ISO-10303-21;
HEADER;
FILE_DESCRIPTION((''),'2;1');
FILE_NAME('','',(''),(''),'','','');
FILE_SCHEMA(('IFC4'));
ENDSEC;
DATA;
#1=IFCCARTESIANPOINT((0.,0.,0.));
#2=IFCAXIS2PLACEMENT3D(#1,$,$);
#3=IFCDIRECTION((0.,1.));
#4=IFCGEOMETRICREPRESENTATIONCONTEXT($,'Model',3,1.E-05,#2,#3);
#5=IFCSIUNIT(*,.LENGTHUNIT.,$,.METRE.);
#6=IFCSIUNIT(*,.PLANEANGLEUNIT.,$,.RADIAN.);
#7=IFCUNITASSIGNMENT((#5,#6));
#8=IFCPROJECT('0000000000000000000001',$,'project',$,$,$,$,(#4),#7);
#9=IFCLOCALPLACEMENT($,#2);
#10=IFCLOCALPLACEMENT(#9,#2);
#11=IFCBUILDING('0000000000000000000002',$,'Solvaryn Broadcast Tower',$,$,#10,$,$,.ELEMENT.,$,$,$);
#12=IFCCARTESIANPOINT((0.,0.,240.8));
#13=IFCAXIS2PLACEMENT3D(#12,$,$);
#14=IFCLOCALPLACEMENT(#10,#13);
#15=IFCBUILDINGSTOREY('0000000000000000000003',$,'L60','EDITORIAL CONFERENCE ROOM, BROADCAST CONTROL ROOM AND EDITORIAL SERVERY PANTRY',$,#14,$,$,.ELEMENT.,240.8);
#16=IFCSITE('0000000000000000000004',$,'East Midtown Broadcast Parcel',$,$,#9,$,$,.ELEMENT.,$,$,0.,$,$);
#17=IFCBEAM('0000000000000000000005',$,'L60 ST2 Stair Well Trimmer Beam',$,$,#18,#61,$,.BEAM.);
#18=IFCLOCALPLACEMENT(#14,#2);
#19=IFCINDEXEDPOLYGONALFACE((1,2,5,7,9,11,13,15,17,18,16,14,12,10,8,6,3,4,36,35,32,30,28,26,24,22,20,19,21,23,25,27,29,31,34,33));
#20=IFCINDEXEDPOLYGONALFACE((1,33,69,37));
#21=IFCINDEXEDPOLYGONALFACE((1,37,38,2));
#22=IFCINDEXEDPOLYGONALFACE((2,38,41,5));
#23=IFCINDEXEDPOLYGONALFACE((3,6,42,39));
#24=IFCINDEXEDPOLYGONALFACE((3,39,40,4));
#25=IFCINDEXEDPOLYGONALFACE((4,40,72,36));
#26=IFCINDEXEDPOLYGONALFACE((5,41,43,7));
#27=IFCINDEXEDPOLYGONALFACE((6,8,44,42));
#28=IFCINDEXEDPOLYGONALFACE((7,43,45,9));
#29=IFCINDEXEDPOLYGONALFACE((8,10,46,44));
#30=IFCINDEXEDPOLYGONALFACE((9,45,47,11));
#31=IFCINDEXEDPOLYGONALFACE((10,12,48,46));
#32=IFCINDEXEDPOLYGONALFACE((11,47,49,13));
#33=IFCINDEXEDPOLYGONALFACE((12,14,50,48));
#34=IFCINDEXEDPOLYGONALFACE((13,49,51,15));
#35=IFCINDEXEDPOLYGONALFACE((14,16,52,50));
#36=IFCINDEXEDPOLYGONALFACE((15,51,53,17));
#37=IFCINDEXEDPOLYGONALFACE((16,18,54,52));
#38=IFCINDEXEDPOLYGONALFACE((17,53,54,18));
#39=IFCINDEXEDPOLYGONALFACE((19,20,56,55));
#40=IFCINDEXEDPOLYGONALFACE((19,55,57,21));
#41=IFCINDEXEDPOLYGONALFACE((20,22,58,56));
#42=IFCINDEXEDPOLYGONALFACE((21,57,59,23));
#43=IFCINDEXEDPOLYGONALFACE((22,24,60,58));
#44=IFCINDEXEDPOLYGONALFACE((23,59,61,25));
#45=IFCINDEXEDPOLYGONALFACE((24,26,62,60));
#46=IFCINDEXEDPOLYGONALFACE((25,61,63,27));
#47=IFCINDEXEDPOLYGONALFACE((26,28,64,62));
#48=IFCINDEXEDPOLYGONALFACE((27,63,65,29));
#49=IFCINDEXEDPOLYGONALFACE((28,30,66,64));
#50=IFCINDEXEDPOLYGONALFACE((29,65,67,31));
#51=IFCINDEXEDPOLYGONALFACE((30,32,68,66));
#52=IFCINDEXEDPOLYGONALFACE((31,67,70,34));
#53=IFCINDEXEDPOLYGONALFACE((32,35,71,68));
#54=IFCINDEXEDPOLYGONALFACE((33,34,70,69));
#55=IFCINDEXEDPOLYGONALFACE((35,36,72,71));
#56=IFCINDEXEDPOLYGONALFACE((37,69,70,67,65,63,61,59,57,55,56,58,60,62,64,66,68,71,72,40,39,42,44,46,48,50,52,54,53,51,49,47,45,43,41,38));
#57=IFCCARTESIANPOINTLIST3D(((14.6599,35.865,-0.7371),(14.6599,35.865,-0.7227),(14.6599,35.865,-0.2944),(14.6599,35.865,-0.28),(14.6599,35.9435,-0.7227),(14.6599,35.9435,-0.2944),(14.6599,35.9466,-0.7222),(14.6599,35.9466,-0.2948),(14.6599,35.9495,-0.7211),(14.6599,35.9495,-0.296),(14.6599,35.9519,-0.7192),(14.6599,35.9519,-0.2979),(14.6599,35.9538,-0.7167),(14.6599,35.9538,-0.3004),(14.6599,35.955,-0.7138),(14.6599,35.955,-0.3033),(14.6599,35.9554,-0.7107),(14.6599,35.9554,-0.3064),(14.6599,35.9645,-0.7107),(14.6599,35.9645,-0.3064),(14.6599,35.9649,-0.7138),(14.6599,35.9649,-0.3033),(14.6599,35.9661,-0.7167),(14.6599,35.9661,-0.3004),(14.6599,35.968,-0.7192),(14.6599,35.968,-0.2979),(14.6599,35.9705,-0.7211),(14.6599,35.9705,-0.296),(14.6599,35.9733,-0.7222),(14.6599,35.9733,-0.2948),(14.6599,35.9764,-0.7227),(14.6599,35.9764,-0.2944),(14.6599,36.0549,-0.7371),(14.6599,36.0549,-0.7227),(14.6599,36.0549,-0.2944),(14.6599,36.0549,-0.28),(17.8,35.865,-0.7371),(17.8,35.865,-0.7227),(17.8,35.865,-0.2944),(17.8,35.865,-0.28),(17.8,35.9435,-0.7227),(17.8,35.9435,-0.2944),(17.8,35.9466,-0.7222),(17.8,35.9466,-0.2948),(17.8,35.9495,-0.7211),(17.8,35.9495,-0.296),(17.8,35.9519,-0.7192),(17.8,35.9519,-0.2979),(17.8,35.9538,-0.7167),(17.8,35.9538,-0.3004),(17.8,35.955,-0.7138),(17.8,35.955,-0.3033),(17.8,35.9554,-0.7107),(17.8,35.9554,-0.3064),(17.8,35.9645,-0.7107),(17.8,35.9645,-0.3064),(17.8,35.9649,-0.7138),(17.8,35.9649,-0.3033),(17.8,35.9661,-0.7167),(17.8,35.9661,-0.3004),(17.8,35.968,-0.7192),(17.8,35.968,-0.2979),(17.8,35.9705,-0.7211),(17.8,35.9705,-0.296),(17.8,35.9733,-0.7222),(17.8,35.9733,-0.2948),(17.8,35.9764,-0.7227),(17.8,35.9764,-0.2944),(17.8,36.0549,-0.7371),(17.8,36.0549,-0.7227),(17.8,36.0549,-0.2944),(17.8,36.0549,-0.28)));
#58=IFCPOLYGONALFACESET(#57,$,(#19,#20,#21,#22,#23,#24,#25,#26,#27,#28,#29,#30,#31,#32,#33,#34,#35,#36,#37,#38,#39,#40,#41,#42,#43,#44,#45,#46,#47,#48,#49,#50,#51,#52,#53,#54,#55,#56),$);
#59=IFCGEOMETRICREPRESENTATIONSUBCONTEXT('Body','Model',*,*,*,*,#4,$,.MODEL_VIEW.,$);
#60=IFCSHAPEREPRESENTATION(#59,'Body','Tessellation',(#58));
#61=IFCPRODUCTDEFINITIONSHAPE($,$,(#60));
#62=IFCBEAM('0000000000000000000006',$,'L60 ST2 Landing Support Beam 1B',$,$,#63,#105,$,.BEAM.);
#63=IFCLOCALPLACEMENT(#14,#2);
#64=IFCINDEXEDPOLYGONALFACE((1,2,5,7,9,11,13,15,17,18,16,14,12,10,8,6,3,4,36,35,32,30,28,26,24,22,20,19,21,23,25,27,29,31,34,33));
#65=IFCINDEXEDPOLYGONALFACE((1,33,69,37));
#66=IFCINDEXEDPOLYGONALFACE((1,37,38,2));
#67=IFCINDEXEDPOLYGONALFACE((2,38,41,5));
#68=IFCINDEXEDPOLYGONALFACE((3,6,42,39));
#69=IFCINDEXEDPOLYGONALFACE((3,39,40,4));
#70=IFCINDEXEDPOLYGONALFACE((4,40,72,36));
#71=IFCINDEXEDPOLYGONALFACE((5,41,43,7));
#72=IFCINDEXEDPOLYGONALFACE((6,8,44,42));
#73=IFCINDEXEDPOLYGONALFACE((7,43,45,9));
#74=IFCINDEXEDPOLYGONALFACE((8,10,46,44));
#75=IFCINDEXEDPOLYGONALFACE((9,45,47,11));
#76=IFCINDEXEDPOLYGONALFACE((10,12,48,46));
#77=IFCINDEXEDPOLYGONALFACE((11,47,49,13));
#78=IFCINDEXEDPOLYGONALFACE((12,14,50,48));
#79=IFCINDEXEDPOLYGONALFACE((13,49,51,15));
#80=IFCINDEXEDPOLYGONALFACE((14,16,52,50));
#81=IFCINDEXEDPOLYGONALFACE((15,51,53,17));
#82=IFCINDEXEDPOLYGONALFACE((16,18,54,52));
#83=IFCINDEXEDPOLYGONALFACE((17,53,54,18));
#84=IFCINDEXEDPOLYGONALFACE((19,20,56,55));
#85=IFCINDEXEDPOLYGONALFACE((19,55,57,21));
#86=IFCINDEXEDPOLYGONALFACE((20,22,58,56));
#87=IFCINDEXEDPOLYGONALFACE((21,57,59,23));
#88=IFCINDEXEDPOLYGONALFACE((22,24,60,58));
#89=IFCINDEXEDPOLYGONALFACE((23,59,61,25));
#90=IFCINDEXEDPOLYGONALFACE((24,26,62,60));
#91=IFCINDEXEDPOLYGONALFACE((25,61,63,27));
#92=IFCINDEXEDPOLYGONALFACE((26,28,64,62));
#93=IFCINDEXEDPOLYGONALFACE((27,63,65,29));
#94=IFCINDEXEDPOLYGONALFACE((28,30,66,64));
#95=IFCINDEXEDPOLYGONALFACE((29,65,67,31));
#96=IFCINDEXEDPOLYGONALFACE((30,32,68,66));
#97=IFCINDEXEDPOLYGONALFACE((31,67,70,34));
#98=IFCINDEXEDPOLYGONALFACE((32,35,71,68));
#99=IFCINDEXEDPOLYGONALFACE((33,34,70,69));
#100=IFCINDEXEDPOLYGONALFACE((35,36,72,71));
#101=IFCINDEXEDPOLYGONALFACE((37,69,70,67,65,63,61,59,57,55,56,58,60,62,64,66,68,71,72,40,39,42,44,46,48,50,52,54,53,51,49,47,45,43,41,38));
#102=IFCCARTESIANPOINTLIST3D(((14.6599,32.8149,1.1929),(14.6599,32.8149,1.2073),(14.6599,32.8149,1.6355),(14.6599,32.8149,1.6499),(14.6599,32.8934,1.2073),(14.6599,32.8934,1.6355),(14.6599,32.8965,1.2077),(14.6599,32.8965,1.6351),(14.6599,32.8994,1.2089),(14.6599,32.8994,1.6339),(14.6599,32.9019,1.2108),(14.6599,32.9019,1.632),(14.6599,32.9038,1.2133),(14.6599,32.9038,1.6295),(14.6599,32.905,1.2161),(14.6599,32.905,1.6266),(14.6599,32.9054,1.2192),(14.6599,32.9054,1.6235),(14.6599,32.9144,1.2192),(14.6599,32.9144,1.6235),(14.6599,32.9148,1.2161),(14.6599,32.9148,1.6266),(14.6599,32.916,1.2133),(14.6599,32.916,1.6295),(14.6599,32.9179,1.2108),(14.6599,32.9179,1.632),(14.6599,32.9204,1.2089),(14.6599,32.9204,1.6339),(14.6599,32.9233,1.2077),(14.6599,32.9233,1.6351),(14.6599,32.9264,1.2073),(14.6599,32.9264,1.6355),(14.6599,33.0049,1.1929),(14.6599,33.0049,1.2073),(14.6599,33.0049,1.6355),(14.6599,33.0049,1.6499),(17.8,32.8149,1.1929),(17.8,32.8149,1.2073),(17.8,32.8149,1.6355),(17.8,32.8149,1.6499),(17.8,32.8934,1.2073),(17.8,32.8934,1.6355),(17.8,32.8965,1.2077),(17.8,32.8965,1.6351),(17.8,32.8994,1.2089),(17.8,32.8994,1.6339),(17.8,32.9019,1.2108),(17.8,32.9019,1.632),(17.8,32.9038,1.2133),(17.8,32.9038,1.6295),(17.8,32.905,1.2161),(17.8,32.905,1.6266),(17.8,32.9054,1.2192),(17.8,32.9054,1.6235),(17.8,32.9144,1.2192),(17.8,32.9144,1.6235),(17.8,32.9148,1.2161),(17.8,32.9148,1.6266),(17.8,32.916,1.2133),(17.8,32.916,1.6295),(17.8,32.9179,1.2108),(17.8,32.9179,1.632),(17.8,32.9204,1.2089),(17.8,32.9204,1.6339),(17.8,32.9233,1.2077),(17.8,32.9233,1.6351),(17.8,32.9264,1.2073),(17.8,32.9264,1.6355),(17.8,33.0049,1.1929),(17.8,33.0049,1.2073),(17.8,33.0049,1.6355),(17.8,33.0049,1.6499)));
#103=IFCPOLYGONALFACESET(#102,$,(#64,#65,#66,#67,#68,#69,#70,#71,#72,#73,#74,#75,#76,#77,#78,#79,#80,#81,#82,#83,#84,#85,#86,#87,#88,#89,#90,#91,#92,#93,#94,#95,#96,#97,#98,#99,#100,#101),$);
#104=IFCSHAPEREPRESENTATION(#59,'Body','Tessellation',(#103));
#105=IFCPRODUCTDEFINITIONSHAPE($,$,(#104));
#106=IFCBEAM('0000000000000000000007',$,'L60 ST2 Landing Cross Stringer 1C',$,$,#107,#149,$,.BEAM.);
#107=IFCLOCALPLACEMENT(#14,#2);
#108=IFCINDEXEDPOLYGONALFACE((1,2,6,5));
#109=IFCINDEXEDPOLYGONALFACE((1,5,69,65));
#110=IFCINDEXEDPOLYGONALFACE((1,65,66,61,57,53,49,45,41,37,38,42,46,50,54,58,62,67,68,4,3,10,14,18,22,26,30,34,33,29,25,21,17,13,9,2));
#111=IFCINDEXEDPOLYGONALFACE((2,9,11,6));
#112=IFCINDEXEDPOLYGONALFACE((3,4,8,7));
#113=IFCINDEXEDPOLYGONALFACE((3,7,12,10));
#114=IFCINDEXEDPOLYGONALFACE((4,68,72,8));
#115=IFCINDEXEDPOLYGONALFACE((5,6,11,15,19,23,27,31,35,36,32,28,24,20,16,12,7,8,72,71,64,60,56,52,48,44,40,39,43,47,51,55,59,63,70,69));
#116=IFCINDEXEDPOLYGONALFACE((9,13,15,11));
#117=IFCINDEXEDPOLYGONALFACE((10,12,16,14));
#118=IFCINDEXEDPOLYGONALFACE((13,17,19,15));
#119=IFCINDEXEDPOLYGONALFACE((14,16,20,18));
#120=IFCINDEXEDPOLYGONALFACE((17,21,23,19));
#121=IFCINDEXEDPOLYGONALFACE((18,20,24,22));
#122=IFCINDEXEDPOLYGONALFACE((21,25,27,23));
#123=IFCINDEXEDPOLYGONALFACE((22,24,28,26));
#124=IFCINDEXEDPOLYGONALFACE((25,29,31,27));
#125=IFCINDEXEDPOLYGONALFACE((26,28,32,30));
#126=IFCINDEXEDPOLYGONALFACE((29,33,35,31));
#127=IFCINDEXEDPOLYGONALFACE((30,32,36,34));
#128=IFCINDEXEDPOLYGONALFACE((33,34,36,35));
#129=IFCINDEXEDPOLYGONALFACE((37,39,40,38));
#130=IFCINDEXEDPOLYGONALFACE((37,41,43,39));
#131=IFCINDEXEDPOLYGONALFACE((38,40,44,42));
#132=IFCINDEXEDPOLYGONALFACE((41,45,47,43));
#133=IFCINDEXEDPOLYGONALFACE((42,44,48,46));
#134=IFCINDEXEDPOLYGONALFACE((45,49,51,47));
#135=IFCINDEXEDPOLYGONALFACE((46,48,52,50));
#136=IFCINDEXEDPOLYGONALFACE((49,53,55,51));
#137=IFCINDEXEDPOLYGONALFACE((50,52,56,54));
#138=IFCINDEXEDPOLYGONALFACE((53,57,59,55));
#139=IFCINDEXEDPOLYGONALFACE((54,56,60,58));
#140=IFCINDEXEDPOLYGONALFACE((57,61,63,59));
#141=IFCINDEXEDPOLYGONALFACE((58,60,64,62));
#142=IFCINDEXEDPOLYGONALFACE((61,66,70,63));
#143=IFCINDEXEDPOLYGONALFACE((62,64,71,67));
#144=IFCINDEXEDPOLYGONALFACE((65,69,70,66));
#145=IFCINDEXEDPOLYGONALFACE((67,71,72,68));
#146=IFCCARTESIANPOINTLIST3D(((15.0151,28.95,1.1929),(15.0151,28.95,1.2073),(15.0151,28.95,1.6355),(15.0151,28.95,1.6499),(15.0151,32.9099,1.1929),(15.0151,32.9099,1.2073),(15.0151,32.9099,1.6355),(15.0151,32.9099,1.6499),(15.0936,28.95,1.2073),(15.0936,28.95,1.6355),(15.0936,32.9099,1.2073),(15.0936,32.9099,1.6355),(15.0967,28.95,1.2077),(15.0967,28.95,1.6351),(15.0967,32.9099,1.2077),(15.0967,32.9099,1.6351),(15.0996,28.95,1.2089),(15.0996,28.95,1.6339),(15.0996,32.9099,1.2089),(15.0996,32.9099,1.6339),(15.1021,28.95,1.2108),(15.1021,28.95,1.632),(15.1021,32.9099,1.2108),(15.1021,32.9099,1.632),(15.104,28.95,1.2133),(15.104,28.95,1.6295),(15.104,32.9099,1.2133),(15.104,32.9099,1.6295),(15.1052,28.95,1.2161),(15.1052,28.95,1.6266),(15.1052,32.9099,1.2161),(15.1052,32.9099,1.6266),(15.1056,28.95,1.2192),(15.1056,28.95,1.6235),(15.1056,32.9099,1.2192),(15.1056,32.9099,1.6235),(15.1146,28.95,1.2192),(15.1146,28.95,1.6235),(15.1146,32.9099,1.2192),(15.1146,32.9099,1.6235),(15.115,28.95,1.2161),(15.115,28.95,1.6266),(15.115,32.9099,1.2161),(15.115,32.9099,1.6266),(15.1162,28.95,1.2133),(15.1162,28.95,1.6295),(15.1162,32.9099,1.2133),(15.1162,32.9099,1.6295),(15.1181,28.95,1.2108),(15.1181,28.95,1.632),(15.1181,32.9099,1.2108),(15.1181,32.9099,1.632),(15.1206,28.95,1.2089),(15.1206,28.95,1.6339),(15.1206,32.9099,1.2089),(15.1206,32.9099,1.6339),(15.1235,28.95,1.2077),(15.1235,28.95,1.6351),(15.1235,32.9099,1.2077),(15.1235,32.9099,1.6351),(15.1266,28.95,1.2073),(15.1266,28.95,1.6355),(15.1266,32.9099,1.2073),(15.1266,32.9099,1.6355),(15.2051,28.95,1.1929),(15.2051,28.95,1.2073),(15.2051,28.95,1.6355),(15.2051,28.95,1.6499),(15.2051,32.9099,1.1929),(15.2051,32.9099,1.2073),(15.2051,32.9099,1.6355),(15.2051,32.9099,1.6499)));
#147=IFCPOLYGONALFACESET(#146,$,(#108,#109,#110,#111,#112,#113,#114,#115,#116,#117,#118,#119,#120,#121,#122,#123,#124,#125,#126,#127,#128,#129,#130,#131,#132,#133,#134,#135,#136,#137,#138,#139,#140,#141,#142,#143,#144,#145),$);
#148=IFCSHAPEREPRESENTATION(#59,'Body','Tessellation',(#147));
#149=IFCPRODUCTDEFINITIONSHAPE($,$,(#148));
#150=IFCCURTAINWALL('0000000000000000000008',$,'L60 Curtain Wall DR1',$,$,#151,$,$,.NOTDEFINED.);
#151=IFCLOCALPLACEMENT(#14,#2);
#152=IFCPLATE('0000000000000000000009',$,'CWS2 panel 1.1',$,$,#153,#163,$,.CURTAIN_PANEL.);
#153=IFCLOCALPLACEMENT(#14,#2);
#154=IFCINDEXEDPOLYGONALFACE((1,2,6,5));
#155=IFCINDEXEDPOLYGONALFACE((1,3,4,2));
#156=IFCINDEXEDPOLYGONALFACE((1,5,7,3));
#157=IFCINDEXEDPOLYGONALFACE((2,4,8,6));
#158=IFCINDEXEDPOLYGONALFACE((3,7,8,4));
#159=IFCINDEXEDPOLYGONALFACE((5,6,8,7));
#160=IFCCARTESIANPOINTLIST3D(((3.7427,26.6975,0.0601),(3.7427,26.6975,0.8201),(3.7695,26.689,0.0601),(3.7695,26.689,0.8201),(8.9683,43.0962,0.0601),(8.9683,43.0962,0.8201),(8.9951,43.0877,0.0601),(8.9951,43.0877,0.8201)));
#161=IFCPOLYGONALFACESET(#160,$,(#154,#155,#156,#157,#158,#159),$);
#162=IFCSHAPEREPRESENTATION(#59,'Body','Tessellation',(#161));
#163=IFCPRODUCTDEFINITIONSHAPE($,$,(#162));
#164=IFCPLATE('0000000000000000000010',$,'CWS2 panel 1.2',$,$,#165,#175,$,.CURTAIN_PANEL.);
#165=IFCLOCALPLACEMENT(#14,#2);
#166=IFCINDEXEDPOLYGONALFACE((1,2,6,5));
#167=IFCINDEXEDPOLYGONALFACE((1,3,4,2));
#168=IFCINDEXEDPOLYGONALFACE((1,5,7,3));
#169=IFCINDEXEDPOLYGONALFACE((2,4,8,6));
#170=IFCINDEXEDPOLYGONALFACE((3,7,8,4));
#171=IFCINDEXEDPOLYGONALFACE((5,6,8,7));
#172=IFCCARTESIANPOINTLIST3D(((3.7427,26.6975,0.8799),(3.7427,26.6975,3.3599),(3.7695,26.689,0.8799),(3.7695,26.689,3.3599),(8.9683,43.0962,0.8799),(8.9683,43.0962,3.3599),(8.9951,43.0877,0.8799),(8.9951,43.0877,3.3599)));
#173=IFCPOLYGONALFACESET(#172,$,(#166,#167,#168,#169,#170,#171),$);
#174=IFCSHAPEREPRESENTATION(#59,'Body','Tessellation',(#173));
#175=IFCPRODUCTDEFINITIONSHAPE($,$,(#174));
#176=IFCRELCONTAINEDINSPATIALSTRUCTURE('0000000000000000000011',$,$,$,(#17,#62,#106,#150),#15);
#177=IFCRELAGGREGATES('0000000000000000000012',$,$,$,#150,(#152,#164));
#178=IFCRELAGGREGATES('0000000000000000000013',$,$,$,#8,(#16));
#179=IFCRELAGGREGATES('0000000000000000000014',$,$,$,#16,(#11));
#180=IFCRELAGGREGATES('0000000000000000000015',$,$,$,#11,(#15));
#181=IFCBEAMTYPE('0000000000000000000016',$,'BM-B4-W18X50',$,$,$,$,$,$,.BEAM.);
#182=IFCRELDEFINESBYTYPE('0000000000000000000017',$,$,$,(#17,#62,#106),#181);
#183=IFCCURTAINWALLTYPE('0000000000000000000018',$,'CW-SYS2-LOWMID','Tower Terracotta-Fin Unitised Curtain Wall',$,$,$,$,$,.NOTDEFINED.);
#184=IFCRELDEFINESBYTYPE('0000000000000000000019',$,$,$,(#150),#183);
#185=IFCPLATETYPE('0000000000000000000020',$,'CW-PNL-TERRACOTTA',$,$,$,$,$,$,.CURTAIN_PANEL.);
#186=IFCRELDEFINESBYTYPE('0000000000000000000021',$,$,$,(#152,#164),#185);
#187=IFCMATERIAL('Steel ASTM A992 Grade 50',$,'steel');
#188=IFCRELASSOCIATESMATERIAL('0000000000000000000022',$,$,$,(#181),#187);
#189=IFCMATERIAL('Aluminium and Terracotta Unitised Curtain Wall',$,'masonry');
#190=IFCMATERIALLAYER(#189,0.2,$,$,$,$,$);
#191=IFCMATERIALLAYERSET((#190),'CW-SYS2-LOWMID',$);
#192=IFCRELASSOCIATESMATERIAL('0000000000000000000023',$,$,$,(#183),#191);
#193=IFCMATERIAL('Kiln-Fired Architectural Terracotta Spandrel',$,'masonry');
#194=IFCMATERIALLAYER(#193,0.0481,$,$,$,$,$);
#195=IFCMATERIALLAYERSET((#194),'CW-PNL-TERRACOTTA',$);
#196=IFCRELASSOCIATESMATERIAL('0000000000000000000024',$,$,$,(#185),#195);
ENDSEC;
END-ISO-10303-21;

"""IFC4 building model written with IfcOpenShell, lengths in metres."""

from ifc_helpers import new_model, si_unit, direction, frame, origin, origin_2d, place, context, subcontext, project, spatial, rectangle, i_section, extrude, material, layer, layer_set, material_profile, profile_set, type_object, element, aggregate, save


model = new_model("IFC4")

# Units and contexts
model_context = context("Model", 3, precision=1e-05, world=origin(), true_north=direction((0.0, 1.0)))
body_context = subcontext(model_context, "Body", "Model", "MODEL_VIEW")
ifc_project = project(units=[si_unit("LENGTHUNIT", "METRE"), si_unit("PLANEANGLEUNIT", "RADIAN")], contexts=[model_context])

# Site, building, storey
site_placement = place(None, origin())
site = spatial("IfcSite", under=ifc_project, at=site_placement, Name="East Midtown Broadcast Parcel", CompositionType="ELEMENT", RefElevation=0.0)
building_placement = place(site_placement, origin())
building = spatial("IfcBuilding", under=site, at=building_placement, Name="Solvaryn Broadcast Tower", CompositionType="ELEMENT")
storey_placement = place(building_placement, frame((0.0, 0.0, 240.8)))
storey = spatial("IfcBuildingStorey", under=building, at=storey_placement, Name="L60", Description="EDITORIAL CONFERENCE ROOM, BROADCAST CONTROL ROOM AND EDITORIAL SERVERY PANTRY", CompositionType="ELEMENT", Elevation=240.8)

# Beams
ifc_material_1 = material(Name="Steel ASTM A992 Grade 50", Category="steel")
ifc_material_profile_1 = material_profile(ifc_material_1, i_section(OverallWidth=0.1899, OverallDepth=0.457, WebThickness=0.009, FlangeThickness=0.0144, FilletRadius=0.012, at=origin_2d()))
ifc_profile_set_1 = profile_set([ifc_material_profile_1], Name="Steel ASTM A992 Grade 50")
beam_type_1 = type_object("IfcBeamType", Name="BM-B4-W18X50", PredefinedType="BEAM", material=ifc_profile_set_1)
for number, where, z_axis, x_axis, name in (
    (1, (14.6599, 35.96, -0.5085), (1.0, 0.0, 0.0), (0.0, 1.0, 0.0), "L60 ST2 Stair Well Trimmer Beam"),
    (2, (14.6599, 32.9099, 1.4214), (1.0, 0.0, 0.0), (0.0, 1.0, 0.0), "L60 ST2 Landing Support Beam 1B"),
):
    element("IfcBeam", number, at=place(storey_placement, frame(where, z_axis=z_axis, x_axis=x_axis)), inside=storey, type_object=beam_type_1, Name=name, PredefinedType="BEAM", context=body_context, shape_type="SweptSolid", body=[
        extrude(i_section(OverallWidth=0.1899, OverallDepth=0.457, WebThickness=0.009, FlangeThickness=0.0144, FilletRadius=0.012, at=origin_2d()), origin(), (0.0, 0.0, 1.0), 3.1401),
    ])
beam_1_placement = place(storey_placement, frame((15.1101, 28.95, 1.4214), z_axis=(0.0, 1.0, 0.0), x_axis=(-1.0, 0.0, 0.0)))
element("IfcBeam", 3, at=beam_1_placement, inside=storey, type_object=beam_type_1, Name="L60 ST2 Landing Cross Stringer 1C", PredefinedType="BEAM", context=body_context, shape_type="SweptSolid", body=[
    extrude(i_section(OverallWidth=0.1899, OverallDepth=0.457, WebThickness=0.009, FlangeThickness=0.0144, FilletRadius=0.012, at=origin_2d()), origin(), (0.0, 0.0, 1.0), 3.96),
])

# Curtain wall, plates
ifc_material_2 = material(Name="Aluminium and Terracotta Unitised Curtain Wall", Category="masonry")
ifc_layer_1 = layer(ifc_material_2, 0.2)
ifc_layer_set_1 = layer_set([ifc_layer_1], Name="CW-SYS2-LOWMID")
curtain_wall_type = type_object("IfcCurtainWallType", Name="CW-SYS2-LOWMID", Description="Tower Terracotta-Fin Unitised Curtain Wall", PredefinedType="NOTDEFINED", material=ifc_layer_set_1)
curtain_wall_placement = place(storey_placement, origin())
curtain_wall = element("IfcCurtainWall", 4, at=curtain_wall_placement, inside=storey, type_object=curtain_wall_type, Name="L60 Curtain Wall DR1", PredefinedType="NOTDEFINED")
ifc_material_3 = material(Name="Kiln-Fired Architectural Terracotta Spandrel", Category="masonry")
ifc_layer_2 = layer(ifc_material_3, 0.0481)
ifc_layer_set_2 = layer_set([ifc_layer_2], Name="CW-PNL-TERRACOTTA")
plate_type = type_object("IfcPlateType", Name="CW-PNL-TERRACOTTA", PredefinedType="CURTAIN_PANEL", material=ifc_layer_set_2)
plate_1_placement = place(storey_placement, frame((6.3689, 34.8926, 0.0601), z_axis=(0.0, 0.0, 1.0), x_axis=(-0.303616, -0.952795, 0.0)))
plate_1 = element("IfcPlate", 5, at=plate_1_placement, type_object=plate_type, Name="CWS2 panel 1.1", PredefinedType="CURTAIN_PANEL", context=body_context, shape_type="SweptSolid", body=[
    extrude(rectangle(XDim=17.2112, YDim=0.0281, at=origin_2d()), origin(), (0.0, 0.0, 1.0), 0.76),
])
plate_2_placement = place(storey_placement, frame((6.3689, 34.8926, 0.8799), z_axis=(0.0, 0.0, 1.0), x_axis=(-0.303616, -0.952795, 0.0)))
plate_2 = element("IfcPlate", 6, at=plate_2_placement, type_object=plate_type, Name="CWS2 panel 1.2", PredefinedType="CURTAIN_PANEL", context=body_context, shape_type="SweptSolid", body=[
    extrude(rectangle(XDim=17.2112, YDim=0.0281, at=origin_2d()), origin(), (0.0, 0.0, 1.0), 2.48),
])
aggregate(curtain_wall, [plate_1, plate_2])

save(model, "model.ifc")
